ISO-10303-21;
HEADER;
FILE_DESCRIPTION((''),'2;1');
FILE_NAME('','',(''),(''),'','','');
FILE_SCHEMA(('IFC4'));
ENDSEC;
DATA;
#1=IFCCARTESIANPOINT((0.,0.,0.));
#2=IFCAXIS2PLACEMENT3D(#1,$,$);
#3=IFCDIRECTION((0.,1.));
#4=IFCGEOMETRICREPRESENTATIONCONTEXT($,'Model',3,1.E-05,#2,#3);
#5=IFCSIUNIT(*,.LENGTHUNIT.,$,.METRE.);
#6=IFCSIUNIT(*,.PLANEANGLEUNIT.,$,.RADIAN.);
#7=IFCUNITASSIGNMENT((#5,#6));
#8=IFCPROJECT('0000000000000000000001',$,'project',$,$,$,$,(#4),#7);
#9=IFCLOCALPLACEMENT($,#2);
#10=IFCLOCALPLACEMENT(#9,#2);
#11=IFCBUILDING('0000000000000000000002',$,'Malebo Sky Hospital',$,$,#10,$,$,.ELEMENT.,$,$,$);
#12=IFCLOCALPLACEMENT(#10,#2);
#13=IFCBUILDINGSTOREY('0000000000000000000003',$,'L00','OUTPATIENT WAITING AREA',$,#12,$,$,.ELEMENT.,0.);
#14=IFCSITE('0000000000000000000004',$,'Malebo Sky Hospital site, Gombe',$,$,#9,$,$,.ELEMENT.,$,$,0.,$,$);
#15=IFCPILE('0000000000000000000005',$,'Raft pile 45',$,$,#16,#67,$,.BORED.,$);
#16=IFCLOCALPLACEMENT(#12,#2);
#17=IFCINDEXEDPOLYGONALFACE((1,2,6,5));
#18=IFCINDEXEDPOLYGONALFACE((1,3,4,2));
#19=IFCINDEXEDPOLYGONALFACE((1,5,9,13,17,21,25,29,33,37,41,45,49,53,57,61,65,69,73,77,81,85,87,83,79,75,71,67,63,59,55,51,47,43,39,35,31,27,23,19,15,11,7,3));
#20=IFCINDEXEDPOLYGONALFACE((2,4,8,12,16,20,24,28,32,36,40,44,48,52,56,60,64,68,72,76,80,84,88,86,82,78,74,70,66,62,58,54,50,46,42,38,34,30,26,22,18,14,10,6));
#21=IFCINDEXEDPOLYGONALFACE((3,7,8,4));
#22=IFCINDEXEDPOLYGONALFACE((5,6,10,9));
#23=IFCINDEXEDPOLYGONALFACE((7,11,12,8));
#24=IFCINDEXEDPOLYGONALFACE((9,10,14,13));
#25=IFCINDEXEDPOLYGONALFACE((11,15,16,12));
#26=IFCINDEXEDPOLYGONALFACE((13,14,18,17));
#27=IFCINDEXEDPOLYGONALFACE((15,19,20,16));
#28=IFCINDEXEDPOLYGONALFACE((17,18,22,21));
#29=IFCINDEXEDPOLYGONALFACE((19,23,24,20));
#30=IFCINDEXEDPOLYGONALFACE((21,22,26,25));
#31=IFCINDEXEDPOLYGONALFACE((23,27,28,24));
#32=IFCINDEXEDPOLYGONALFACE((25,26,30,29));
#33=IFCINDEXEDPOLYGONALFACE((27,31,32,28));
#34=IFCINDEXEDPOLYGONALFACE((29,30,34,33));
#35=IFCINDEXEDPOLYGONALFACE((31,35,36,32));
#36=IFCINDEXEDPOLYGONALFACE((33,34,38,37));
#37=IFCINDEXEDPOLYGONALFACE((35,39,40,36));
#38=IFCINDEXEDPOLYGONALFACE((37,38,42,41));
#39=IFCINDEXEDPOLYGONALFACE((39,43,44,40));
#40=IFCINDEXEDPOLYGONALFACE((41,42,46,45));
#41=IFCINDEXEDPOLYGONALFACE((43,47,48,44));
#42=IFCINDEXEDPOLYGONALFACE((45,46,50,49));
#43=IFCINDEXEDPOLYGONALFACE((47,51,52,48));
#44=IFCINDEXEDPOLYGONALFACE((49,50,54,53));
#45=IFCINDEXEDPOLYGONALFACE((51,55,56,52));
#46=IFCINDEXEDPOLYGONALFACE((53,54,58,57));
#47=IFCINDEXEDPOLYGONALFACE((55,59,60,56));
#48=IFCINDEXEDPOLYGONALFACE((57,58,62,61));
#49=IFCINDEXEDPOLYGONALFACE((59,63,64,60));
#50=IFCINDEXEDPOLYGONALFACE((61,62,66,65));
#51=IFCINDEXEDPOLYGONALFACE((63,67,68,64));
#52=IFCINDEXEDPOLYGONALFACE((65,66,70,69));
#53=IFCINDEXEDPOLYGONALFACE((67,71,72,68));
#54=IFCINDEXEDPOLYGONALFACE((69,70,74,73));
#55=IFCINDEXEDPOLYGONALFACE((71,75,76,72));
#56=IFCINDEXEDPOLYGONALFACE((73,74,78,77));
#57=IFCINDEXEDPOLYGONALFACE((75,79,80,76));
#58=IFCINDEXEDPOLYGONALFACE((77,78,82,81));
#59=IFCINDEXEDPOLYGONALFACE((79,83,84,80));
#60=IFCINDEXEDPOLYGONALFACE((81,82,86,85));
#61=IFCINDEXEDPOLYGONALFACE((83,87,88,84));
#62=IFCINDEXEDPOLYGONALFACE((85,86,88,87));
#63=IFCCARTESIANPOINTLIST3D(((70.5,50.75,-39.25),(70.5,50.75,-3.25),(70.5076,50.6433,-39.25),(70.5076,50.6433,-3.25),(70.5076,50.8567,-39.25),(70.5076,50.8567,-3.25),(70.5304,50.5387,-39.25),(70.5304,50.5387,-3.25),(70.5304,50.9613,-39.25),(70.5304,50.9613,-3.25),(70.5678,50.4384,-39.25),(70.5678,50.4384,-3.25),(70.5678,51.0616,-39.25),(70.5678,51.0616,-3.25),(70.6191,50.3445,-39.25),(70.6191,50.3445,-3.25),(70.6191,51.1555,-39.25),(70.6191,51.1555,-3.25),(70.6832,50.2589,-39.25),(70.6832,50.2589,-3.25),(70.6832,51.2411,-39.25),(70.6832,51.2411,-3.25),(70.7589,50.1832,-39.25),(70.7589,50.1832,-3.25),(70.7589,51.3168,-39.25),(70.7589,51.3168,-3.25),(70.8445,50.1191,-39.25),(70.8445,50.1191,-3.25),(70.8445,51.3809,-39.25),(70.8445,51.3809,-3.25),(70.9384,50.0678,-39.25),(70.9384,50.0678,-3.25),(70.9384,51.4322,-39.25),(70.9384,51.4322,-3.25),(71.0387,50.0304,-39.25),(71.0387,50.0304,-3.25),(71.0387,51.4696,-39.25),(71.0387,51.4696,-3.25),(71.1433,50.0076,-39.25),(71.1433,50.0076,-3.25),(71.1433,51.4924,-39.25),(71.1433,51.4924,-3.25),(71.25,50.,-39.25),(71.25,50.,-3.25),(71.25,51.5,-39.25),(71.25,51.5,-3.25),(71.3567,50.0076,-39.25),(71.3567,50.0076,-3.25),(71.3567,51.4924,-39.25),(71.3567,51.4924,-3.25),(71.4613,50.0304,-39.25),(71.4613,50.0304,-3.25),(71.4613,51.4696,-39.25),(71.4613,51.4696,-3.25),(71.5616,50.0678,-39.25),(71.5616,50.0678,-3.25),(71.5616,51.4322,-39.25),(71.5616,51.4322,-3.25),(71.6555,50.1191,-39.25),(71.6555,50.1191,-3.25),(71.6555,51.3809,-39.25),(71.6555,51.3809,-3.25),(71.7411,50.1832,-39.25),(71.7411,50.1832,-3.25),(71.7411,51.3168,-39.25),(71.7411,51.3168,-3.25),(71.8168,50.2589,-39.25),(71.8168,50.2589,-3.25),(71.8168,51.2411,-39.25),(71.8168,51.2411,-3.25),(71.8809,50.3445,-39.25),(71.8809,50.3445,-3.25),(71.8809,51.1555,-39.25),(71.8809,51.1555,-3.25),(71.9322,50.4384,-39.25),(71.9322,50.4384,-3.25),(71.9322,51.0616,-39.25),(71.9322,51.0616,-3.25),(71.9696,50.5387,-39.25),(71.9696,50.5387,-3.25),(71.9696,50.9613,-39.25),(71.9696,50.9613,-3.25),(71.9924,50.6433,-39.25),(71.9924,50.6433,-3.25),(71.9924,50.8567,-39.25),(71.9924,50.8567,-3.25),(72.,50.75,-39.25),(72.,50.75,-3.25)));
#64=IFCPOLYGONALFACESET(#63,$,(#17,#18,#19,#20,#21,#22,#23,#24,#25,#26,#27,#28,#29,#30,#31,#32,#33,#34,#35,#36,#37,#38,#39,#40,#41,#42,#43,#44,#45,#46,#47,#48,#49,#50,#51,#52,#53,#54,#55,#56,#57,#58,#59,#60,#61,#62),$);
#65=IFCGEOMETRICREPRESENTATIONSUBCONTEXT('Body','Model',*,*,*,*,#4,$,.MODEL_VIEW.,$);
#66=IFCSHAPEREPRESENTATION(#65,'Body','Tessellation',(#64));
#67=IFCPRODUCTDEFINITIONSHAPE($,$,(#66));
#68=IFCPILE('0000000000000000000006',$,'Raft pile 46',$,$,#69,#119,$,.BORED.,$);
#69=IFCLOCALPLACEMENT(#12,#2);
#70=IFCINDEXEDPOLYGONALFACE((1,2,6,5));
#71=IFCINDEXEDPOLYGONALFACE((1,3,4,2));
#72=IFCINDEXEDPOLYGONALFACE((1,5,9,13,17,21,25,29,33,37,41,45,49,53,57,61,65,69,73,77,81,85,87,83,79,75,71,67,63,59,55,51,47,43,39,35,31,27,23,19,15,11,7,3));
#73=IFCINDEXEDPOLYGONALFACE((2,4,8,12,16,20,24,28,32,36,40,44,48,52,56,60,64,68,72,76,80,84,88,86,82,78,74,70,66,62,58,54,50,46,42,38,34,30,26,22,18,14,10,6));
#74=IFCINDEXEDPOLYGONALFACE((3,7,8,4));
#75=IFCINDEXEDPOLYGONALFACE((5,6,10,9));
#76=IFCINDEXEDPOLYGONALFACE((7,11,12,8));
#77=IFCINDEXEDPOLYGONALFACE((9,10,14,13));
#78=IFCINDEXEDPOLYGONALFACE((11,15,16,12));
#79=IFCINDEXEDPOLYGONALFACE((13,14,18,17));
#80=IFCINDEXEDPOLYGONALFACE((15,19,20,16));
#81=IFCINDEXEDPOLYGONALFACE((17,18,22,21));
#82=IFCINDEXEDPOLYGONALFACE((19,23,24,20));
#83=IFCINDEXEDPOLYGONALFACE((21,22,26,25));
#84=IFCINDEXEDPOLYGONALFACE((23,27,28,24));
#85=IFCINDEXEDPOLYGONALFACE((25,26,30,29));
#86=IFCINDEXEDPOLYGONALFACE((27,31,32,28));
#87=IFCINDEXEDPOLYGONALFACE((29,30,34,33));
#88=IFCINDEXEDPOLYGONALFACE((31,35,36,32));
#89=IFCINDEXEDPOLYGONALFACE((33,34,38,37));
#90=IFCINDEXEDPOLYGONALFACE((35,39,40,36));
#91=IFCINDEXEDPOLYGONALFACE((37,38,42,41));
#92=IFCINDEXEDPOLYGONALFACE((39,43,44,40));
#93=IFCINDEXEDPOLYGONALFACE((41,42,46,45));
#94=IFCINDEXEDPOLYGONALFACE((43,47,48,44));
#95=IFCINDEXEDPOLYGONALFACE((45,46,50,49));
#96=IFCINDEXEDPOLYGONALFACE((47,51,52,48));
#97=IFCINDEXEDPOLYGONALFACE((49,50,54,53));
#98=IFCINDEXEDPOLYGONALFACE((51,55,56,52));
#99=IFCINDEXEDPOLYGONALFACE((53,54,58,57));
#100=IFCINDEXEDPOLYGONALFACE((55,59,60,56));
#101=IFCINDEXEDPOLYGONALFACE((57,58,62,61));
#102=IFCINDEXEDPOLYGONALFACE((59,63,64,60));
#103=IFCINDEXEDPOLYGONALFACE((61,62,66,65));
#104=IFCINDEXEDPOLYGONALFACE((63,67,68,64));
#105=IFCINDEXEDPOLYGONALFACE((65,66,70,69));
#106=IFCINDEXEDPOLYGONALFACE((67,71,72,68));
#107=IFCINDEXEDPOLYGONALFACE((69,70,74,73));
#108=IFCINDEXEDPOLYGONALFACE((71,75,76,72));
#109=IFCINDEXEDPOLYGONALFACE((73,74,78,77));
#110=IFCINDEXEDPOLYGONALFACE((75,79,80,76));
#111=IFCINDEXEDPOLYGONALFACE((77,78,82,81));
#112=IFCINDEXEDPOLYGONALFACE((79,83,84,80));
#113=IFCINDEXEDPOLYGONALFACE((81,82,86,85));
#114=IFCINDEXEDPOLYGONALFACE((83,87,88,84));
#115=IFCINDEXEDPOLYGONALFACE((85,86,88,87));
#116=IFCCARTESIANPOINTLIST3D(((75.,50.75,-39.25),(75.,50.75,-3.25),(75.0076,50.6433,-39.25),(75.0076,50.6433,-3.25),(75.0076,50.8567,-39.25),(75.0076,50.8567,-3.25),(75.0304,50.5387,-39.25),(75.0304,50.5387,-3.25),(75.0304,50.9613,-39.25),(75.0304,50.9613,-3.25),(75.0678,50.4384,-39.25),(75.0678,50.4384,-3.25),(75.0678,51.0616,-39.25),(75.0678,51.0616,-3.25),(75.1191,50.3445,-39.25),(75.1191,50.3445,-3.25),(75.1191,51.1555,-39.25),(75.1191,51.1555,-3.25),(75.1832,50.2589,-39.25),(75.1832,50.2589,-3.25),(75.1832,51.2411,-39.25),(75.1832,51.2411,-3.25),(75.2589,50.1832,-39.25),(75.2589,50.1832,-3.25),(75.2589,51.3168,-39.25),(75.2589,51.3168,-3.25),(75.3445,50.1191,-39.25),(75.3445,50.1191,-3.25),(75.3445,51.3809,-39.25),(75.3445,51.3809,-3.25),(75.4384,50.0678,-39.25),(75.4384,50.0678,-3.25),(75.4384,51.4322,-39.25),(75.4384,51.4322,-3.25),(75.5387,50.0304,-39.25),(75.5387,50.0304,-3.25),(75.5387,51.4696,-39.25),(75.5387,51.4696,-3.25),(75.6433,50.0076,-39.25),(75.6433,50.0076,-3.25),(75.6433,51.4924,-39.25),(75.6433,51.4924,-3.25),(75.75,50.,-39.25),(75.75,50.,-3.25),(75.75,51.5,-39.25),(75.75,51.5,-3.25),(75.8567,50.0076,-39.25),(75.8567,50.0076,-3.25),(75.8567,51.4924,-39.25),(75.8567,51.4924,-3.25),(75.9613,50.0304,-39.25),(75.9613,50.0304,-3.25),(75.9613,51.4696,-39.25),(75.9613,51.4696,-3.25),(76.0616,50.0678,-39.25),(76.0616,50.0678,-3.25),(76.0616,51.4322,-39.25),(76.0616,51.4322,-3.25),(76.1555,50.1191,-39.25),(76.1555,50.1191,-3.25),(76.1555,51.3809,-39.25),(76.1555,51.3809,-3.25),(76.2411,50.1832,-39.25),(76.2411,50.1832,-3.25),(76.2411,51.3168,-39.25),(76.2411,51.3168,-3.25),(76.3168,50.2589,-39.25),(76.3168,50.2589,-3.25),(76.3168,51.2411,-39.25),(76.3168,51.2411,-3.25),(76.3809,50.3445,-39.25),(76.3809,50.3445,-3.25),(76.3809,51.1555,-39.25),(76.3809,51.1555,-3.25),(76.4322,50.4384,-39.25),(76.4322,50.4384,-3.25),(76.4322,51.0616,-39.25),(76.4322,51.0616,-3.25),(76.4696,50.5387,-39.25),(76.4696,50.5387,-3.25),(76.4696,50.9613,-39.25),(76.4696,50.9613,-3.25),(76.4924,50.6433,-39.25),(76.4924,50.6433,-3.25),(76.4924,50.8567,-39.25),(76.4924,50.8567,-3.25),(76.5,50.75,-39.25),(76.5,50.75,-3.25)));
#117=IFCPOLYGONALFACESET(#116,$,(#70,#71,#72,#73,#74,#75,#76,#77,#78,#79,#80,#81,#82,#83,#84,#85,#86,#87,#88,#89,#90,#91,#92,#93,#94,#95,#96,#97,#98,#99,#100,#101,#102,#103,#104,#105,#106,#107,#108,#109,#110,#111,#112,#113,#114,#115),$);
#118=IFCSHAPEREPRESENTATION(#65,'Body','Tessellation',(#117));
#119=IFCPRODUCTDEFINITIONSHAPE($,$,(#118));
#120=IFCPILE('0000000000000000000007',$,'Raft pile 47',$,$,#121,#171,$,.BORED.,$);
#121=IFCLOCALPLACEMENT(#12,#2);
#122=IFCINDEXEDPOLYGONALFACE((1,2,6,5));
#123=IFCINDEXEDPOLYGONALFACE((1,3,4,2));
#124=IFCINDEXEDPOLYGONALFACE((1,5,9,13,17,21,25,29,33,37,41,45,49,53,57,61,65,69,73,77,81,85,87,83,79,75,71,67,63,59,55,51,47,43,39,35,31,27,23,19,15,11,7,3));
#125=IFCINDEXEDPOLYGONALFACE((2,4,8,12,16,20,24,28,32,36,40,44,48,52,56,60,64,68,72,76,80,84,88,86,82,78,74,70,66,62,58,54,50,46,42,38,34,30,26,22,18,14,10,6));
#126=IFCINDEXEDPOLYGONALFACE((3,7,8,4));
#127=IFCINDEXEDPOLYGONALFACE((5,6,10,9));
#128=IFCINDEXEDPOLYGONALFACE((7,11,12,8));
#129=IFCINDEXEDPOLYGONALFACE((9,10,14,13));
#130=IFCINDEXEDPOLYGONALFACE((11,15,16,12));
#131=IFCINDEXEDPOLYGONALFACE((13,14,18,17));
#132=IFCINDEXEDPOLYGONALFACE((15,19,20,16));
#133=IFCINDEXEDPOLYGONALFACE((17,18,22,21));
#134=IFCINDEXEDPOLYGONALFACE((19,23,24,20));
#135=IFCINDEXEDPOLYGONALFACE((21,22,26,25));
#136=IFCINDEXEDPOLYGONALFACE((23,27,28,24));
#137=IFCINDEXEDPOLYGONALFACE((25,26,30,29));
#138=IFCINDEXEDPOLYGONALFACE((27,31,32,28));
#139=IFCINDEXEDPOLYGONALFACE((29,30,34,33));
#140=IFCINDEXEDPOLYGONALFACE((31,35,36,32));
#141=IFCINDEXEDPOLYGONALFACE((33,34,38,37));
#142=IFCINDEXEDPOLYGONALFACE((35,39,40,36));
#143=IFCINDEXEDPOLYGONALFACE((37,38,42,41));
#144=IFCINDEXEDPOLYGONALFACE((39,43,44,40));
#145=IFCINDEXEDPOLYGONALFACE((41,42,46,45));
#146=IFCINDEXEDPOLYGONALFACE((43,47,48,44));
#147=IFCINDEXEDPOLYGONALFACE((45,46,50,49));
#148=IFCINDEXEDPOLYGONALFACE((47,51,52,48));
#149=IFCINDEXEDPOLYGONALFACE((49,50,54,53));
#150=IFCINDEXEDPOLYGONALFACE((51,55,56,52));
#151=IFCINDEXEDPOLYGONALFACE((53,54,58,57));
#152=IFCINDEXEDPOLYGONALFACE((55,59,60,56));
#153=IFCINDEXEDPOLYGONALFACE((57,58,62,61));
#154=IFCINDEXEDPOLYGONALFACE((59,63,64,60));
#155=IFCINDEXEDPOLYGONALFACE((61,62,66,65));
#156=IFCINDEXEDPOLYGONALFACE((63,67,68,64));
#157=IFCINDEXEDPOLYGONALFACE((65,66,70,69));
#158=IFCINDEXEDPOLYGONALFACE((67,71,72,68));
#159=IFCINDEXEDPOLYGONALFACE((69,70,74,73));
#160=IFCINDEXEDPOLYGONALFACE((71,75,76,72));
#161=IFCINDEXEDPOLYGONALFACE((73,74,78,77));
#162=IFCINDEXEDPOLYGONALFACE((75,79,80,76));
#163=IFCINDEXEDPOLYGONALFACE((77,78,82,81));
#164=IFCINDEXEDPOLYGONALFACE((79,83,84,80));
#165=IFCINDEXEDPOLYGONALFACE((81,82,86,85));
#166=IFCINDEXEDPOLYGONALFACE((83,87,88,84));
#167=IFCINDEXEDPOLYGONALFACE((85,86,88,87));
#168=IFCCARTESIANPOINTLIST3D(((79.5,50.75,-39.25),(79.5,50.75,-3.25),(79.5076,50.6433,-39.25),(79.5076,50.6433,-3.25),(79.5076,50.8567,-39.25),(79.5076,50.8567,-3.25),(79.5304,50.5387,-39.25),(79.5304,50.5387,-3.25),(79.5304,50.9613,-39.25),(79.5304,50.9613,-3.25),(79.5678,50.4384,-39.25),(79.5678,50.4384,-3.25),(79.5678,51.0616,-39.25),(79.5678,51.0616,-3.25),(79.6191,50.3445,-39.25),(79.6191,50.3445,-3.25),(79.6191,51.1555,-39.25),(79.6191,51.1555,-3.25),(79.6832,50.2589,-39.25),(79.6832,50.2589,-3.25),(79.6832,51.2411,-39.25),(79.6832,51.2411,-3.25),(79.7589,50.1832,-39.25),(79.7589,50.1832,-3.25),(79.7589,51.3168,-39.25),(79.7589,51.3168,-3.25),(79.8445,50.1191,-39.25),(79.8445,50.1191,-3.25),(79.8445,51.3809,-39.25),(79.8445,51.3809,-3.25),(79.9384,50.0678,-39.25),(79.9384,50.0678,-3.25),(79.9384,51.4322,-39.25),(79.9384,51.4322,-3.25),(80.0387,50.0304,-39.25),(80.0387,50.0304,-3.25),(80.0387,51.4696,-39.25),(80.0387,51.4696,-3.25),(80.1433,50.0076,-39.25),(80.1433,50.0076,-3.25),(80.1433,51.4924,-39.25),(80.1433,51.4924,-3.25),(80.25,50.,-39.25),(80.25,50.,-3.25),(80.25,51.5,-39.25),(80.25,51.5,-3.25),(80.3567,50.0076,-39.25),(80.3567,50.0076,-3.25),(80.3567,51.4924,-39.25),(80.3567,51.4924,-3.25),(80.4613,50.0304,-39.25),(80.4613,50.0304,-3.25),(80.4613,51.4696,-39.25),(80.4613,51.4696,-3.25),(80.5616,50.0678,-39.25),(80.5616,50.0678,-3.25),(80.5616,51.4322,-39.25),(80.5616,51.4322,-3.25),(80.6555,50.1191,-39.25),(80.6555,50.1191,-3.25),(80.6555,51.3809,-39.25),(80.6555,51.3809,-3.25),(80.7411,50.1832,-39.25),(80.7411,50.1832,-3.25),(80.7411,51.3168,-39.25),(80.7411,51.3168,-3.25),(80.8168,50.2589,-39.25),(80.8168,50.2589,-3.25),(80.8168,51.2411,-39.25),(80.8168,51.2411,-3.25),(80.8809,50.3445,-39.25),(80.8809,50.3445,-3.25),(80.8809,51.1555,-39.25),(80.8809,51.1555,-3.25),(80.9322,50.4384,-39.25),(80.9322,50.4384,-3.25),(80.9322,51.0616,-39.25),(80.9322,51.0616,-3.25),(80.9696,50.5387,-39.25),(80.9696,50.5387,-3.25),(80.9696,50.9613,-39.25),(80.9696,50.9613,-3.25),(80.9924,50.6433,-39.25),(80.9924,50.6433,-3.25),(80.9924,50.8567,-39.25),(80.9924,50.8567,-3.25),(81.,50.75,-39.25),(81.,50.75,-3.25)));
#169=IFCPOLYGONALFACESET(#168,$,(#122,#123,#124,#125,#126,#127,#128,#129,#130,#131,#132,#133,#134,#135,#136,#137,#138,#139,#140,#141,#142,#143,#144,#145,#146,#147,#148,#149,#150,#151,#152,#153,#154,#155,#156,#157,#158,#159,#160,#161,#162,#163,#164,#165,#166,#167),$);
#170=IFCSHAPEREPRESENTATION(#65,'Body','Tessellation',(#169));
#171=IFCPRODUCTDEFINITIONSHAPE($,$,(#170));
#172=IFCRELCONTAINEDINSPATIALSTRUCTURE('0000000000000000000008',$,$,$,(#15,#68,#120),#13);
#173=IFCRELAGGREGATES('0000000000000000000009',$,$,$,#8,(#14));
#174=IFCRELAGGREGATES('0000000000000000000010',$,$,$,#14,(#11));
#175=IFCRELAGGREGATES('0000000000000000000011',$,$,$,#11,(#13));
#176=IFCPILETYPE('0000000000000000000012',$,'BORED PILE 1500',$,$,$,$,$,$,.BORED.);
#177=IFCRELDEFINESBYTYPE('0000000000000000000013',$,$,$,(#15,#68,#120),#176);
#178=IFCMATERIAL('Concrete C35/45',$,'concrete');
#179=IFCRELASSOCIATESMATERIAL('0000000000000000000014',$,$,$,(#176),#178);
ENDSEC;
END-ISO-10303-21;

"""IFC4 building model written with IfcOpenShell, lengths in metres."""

from ifc_helpers import new_model, si_unit, direction, frame, origin, origin_2d, place, context, subcontext, project, spatial, circle, extrude, material, material_profile, profile_set, type_object, element, save


model = new_model("IFC4")

# Units and contexts
model_context = context("Model", 3, precision=1e-05, world=origin(), true_north=direction((0.0, 1.0)))
body_context = subcontext(model_context, "Body", "Model", "MODEL_VIEW")
ifc_project = project(units=[si_unit("LENGTHUNIT", "METRE"), si_unit("PLANEANGLEUNIT", "RADIAN")], contexts=[model_context])

# Site, building, storey
site_placement = place(None, origin())
site = spatial("IfcSite", under=ifc_project, at=site_placement, Name="Malebo Sky Hospital site, Gombe", CompositionType="ELEMENT", RefElevation=0.0)
building_placement = place(site_placement, origin())
building = spatial("IfcBuilding", under=site, at=building_placement, Name="Malebo Sky Hospital", CompositionType="ELEMENT")
storey_placement = place(building_placement, origin())
storey = spatial("IfcBuildingStorey", under=building, at=storey_placement, Name="L00", Description="OUTPATIENT WAITING AREA", CompositionType="ELEMENT", Elevation=0.0)

# Piles
ifc_material_1 = material(Name="Concrete C35/45", Category="concrete")
ifc_material_profile_1 = material_profile(ifc_material_1, circle(Radius=0.75, at=origin_2d()), Name="BP 1500")
ifc_profile_set_1 = profile_set([ifc_material_profile_1], Name="Concrete C35/45")
pile_type = type_object("IfcPileType", Name="BORED PILE 1500", PredefinedType="BORED", material=ifc_profile_set_1)
for number, where, z_axis, x_axis, name in (
    (1, (71.25, 50.75, -3.25), (0.0, 0.0, -1.0), (1.0, 0.0, 0.0), "Raft pile 45"),
    (2, (75.75, 50.75, -3.25), (0.0, 0.0, -1.0), (1.0, 0.0, 0.0), "Raft pile 46"),
    (3, (80.25, 50.75, -3.25), (0.0, 0.0, -1.0), (1.0, 0.0, 0.0), "Raft pile 47"),
):
    element("IfcPile", number, at=place(storey_placement, frame(where, z_axis=z_axis, x_axis=x_axis)), inside=storey, type_object=pile_type, Name=name, PredefinedType="BORED", context=body_context, shape_type="SweptSolid", body=[
        extrude(circle(Radius=0.75, at=origin_2d()), origin(), (0.0, 0.0, 1.0), 36.0),
    ])

save(model, "model.ifc")
